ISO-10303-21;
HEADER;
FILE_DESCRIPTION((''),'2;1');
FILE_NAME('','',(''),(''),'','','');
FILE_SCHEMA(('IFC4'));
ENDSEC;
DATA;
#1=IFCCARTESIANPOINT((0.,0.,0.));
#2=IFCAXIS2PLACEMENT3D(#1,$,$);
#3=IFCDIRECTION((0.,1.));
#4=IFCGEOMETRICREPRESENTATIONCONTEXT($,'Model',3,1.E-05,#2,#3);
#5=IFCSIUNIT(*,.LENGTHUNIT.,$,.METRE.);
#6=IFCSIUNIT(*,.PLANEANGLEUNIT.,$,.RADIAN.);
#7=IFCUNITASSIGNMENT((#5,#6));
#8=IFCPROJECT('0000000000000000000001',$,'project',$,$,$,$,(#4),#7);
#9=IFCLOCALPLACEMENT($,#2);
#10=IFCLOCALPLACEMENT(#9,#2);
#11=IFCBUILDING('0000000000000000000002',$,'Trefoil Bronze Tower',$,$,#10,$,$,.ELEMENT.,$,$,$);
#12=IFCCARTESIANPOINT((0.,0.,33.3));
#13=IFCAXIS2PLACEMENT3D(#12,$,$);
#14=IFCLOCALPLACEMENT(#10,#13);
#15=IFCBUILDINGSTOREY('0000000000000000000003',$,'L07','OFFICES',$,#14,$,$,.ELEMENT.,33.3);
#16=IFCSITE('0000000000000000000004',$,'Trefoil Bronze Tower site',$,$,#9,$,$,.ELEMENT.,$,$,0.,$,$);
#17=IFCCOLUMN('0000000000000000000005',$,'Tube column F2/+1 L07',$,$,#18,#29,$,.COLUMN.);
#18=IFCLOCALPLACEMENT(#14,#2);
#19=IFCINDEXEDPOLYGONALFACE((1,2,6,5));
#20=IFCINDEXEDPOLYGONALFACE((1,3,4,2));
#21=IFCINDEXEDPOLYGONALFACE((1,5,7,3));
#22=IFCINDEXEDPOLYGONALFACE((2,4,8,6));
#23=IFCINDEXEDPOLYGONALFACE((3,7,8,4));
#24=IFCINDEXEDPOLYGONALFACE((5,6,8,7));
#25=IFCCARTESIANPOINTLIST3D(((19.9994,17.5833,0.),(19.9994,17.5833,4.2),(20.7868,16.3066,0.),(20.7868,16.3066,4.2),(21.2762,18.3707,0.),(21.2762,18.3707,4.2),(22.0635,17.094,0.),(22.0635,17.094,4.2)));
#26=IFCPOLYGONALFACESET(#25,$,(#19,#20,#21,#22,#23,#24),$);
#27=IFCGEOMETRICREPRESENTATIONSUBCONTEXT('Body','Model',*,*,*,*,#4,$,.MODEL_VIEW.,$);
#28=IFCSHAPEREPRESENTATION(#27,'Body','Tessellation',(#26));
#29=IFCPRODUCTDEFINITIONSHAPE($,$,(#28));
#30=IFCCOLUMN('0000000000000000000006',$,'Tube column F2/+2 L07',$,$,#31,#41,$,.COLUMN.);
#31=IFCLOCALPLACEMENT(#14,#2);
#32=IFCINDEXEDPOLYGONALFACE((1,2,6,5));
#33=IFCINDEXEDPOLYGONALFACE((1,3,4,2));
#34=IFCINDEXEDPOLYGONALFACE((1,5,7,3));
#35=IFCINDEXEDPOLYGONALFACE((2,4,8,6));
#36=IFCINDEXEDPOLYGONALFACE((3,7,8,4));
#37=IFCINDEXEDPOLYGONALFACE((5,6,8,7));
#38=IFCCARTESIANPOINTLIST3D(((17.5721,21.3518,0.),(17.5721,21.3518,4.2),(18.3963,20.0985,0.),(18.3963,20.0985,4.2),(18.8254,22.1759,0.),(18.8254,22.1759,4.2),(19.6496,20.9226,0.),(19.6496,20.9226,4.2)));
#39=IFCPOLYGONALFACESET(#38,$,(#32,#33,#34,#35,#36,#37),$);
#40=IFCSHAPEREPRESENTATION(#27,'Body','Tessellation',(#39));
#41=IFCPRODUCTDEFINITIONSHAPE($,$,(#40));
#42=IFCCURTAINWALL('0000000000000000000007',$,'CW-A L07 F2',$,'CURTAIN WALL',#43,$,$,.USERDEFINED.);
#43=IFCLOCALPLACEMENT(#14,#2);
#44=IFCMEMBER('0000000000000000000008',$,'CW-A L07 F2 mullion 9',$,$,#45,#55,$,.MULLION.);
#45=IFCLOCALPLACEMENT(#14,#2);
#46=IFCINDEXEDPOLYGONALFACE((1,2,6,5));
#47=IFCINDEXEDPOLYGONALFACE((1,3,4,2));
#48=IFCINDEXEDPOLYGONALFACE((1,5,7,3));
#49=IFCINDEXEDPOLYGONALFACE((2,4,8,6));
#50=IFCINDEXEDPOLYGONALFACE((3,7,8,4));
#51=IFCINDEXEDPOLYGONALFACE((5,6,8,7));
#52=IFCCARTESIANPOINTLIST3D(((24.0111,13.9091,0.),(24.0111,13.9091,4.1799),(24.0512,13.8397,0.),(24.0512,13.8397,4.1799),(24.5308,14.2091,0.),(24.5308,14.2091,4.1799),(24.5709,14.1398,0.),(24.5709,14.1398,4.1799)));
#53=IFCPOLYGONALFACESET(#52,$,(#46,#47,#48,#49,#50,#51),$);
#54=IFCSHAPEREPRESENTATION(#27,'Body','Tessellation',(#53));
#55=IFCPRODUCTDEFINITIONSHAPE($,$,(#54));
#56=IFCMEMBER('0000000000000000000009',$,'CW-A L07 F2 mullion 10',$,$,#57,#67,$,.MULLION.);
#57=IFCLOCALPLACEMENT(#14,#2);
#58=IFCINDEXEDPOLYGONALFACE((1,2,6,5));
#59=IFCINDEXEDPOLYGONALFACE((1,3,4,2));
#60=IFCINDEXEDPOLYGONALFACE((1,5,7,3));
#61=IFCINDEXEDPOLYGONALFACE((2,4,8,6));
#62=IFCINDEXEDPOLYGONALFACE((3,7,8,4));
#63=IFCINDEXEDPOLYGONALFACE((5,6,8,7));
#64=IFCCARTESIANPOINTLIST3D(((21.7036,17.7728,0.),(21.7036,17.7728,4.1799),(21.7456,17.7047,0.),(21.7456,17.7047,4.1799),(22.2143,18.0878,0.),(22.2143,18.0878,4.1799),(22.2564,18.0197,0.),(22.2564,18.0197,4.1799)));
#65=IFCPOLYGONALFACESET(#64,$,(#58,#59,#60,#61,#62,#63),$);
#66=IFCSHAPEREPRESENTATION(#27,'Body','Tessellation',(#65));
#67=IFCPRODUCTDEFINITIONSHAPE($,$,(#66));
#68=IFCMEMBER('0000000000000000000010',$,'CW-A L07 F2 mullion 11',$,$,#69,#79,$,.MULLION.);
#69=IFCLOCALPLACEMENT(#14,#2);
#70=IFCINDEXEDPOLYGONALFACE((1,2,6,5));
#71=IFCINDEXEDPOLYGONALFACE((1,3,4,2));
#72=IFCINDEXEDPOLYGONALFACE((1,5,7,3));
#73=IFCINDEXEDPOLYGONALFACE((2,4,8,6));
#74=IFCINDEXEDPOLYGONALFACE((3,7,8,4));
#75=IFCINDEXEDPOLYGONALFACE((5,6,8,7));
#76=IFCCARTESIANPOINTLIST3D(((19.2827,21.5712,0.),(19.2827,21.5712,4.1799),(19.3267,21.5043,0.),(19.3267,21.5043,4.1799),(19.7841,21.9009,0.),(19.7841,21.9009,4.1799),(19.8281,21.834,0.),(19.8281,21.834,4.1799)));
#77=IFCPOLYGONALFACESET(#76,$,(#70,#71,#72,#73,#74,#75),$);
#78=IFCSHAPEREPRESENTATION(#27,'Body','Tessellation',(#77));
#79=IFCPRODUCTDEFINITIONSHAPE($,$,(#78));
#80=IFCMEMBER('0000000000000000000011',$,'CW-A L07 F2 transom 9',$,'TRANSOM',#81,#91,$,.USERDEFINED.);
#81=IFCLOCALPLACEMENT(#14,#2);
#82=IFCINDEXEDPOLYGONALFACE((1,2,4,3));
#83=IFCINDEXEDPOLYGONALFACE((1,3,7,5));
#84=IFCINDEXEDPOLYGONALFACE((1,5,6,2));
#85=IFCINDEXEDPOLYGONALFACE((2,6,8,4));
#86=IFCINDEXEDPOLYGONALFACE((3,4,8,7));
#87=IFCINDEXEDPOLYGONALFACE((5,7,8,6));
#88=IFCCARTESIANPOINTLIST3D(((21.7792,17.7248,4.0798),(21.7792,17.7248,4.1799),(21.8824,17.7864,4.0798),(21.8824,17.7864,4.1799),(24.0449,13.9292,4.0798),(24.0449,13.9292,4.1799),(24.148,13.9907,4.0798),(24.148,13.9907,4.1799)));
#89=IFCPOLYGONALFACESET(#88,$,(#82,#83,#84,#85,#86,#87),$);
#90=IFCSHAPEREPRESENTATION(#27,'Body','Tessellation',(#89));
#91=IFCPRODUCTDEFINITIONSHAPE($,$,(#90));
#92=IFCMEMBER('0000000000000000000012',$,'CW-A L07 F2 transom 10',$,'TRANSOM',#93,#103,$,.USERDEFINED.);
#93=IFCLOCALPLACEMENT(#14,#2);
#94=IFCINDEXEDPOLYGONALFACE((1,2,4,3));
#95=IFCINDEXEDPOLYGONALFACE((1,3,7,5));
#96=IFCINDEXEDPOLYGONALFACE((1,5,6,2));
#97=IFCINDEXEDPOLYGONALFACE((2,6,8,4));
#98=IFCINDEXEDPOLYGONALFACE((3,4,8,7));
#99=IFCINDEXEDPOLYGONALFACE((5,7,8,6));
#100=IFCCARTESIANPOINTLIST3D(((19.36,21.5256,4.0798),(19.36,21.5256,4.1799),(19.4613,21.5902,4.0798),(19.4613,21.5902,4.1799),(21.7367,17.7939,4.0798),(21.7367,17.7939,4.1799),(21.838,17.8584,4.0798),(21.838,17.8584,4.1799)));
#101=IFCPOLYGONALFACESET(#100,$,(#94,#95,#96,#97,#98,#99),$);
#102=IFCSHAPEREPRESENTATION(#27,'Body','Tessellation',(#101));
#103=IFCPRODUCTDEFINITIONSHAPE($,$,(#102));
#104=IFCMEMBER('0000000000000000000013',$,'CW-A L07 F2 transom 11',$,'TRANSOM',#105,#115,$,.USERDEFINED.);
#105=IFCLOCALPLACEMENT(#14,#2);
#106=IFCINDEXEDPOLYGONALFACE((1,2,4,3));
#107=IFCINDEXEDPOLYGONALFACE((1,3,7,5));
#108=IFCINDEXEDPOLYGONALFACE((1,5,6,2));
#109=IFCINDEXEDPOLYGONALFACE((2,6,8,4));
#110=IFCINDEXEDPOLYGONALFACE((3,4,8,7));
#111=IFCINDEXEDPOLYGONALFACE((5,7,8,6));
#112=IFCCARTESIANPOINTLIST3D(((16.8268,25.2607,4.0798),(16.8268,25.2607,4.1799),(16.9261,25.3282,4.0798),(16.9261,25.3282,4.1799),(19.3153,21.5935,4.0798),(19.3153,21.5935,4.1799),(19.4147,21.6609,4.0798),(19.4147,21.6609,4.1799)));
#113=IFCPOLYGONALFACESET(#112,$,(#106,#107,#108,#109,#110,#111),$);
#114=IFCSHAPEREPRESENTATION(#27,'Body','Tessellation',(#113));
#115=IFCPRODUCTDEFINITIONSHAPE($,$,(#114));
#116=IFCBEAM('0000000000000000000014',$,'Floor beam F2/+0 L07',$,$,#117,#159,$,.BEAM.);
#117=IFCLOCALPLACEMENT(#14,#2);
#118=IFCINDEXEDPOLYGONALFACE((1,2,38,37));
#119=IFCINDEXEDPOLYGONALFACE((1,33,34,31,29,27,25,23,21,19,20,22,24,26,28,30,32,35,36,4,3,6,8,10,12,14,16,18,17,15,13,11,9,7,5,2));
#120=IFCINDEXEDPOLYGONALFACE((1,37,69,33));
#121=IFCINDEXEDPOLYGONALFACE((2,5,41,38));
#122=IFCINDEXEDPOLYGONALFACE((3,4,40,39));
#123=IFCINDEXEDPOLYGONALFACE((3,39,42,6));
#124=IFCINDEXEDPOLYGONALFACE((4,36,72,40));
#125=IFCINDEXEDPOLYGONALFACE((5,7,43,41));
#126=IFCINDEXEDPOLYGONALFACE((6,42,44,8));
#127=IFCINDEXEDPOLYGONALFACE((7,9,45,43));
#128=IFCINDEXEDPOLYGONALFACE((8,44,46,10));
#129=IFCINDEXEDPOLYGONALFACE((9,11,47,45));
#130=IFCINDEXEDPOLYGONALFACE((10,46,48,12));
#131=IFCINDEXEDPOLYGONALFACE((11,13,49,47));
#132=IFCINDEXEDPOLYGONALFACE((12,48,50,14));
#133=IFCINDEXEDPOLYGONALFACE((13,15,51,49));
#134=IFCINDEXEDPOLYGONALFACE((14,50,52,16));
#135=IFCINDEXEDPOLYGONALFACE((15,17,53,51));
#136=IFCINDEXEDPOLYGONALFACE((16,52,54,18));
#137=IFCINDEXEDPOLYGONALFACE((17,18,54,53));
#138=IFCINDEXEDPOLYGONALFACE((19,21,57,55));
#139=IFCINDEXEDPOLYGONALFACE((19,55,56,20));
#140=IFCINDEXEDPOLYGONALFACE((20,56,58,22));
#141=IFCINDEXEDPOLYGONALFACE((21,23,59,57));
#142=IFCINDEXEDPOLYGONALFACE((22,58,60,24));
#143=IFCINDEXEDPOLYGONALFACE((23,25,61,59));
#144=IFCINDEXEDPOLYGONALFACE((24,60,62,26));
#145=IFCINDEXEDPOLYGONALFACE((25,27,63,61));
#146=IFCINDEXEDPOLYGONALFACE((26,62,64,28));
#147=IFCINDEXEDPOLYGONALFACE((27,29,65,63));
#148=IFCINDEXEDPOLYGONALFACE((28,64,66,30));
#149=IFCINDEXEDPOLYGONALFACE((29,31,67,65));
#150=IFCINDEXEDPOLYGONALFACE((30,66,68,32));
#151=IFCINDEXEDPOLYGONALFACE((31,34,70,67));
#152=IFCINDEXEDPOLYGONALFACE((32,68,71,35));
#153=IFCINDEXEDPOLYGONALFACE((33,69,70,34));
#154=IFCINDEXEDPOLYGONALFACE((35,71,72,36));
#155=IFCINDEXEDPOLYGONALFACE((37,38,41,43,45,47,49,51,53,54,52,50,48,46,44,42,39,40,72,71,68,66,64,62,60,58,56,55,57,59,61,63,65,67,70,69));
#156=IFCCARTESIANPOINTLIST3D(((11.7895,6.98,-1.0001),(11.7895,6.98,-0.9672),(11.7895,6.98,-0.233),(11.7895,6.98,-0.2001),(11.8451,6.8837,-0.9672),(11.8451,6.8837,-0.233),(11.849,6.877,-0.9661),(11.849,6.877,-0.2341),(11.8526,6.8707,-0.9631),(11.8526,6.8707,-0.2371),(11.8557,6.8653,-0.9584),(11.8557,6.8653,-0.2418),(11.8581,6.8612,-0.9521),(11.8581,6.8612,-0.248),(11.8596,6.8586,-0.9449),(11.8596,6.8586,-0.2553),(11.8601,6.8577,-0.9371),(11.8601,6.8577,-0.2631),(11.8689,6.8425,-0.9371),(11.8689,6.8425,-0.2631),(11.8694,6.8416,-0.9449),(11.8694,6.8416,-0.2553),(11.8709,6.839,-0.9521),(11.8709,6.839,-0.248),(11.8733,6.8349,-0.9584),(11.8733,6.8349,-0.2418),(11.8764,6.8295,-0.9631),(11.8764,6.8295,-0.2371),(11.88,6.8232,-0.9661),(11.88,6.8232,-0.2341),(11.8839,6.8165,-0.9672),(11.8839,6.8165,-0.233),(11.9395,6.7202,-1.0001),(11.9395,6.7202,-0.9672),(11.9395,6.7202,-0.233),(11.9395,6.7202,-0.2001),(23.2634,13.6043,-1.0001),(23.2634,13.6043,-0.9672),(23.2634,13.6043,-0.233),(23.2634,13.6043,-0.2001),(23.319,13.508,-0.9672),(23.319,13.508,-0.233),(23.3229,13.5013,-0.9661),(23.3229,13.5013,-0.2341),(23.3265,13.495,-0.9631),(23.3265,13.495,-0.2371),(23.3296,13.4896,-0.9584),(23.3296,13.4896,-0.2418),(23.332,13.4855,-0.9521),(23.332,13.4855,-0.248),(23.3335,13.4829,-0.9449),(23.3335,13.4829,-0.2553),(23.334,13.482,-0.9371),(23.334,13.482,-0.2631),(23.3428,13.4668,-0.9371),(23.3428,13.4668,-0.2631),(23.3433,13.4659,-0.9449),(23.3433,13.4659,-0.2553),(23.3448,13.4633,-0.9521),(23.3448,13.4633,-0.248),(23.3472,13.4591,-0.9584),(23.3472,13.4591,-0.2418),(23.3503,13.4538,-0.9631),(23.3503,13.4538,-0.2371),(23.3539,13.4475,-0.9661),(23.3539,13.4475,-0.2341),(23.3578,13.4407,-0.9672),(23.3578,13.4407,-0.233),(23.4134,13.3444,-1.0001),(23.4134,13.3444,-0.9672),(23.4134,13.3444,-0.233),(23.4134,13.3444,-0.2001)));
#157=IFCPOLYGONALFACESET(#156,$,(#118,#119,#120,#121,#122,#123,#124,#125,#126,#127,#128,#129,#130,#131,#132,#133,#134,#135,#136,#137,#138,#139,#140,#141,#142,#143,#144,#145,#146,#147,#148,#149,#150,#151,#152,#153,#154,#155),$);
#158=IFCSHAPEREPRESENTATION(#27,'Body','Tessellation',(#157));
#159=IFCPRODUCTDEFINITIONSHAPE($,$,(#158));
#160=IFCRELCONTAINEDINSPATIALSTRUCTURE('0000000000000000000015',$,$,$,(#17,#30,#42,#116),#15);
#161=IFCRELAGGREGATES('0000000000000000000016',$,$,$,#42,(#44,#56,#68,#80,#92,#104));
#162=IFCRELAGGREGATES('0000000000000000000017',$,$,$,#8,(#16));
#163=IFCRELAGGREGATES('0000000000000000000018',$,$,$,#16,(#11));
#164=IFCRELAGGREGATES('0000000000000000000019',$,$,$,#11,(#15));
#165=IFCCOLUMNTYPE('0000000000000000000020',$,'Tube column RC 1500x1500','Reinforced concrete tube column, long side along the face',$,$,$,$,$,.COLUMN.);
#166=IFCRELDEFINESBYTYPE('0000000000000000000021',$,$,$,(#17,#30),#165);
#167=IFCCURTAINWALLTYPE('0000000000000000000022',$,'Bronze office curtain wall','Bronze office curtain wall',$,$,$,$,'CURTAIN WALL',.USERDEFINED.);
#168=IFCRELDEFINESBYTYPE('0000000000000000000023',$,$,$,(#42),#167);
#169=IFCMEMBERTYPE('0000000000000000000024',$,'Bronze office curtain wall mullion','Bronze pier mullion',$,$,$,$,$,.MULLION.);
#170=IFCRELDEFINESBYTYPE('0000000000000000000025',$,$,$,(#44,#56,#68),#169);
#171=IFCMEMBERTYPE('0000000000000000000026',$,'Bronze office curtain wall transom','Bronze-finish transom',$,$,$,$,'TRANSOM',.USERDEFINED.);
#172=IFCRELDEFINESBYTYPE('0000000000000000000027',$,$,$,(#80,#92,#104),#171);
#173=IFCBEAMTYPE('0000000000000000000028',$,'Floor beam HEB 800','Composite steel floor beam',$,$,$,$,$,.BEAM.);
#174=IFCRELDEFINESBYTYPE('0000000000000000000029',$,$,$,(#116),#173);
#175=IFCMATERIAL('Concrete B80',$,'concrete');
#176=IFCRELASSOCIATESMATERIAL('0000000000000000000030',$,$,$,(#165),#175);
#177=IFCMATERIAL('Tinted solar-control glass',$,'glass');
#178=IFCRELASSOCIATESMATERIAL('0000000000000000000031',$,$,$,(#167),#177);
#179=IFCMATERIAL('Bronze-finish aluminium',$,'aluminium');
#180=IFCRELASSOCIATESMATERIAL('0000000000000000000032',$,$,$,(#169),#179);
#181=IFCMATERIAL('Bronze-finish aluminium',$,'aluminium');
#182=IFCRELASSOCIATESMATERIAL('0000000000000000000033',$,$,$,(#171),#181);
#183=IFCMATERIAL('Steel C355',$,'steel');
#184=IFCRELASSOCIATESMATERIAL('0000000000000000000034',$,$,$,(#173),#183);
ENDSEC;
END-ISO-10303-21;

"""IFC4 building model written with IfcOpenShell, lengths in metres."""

from ifc_helpers import new_model, si_unit, direction, frame, origin, origin_2d, place, context, subcontext, project, spatial, rectangle, i_section, extrude, material, material_profile, profile_set, type_object, element, aggregate, save


model = new_model("IFC4")

# Units and contexts
model_context = context("Model", 3, precision=1e-05, world=origin(), true_north=direction((0.0, 1.0)))
body_context = subcontext(model_context, "Body", "Model", "MODEL_VIEW")
ifc_project = project(units=[si_unit("LENGTHUNIT", "METRE"), si_unit("PLANEANGLEUNIT", "RADIAN")], contexts=[model_context])

# Site, building, storey
site_placement = place(None, origin())
site = spatial("IfcSite", under=ifc_project, at=site_placement, Name="Trefoil Bronze Tower site", CompositionType="ELEMENT", RefElevation=0.0)
building_placement = place(site_placement, origin())
building = spatial("IfcBuilding", under=site, at=building_placement, Name="Trefoil Bronze Tower", CompositionType="ELEMENT")
storey_placement = place(building_placement, frame((0.0, 0.0, 33.3)))
storey = spatial("IfcBuildingStorey", under=building, at=storey_placement, Name="L07", Description="OFFICES", CompositionType="ELEMENT", Elevation=33.3)

# Columns
ifc_material_1 = material(Name="Concrete B80", Category="concrete")
ifc_material_profile_1 = material_profile(ifc_material_1, rectangle(XDim=1.5, YDim=1.5, at=origin_2d()), Name="RC 1500x1500")
ifc_profile_set_1 = profile_set([ifc_material_profile_1], Name="Concrete B80")
column_type = type_object("IfcColumnType", Name="Tube column RC 1500x1500", Description="Reinforced concrete tube column, long side along the face", PredefinedType="COLUMN", material=ifc_profile_set_1)
for number, where, z_axis, x_axis, name in (
    (1, (21.0315, 17.3386, 0.0), (0.0, 0.0, 1.0), (-0.524923, 0.85115, 0.0), "Tube column F2/+1 L07"),
    (2, (18.6108, 21.1372, 0.0), (0.0, 0.0, 1.0), (-0.549424, 0.835544, 0.0), "Tube column F2/+2 L07"),
):
    element("IfcColumn", number, at=place(storey_placement, frame(where, z_axis=z_axis, x_axis=x_axis)), inside=storey, type_object=column_type, Name=name, PredefinedType="COLUMN", context=body_context, shape_type="SweptSolid", body=[
        extrude(rectangle(XDim=1.5, YDim=1.5, at=origin_2d()), origin(), (0.0, 0.0, 1.0), 4.2),
    ])

# Curtain wall, members
ifc_material_2 = material(Name="Tinted solar-control glass", Category="glass")
curtain_wall_type = type_object("IfcCurtainWallType", Name="Bronze office curtain wall", Description="Bronze office curtain wall", ElementType="CURTAIN WALL", PredefinedType="USERDEFINED", material=ifc_material_2)
curtain_wall_placement = place(storey_placement, origin())
curtain_wall = element("IfcCurtainWall", 3, at=curtain_wall_placement, inside=storey, type_object=curtain_wall_type, Name="CW-A L07 F2", ObjectType="CURTAIN WALL", PredefinedType="USERDEFINED")
ifc_material_3 = material(Name="Bronze-finish aluminium", Category="aluminium")
ifc_material_profile_2 = material_profile(ifc_material_3, rectangle(XDim=0.6001, YDim=0.0801, at=origin_2d()), Name="CW-A mullion")
ifc_profile_set_2 = profile_set([ifc_material_profile_2], Name="Bronze-finish aluminium")
member_type_1 = type_object("IfcMemberType", Name="Bronze office curtain wall mullion", Description="Bronze pier mullion", PredefinedType="MULLION", material=ifc_profile_set_2)
member_1_placement = place(storey_placement, frame((24.291, 14.0244, 0.0), z_axis=(0.0, 0.0, 1.0), x_axis=(-0.866025, -0.5, 0.0)))
member_1 = element("IfcMember", 4, at=member_1_placement, type_object=member_type_1, Name="CW-A L07 F2 mullion 9", PredefinedType="MULLION", context=body_context, shape_type="SweptSolid", body=[
    extrude(rectangle(XDim=0.6001, YDim=0.0801, at=origin_2d()), origin(), (0.0, 0.0, 1.0), 4.1799),
])
member_2_placement = place(storey_placement, frame((21.98, 17.8962, 0.0), z_axis=(0.0, 0.0, 1.0), x_axis=(-0.85115, -0.524923, 0.0)))
member_2 = element("IfcMember", 5, at=member_2_placement, type_object=member_type_1, Name="CW-A L07 F2 mullion 10", PredefinedType="MULLION", context=body_context, shape_type="SweptSolid", body=[
    extrude(rectangle(XDim=0.6001, YDim=0.0801, at=origin_2d()), origin(), (0.0, 0.0, 1.0), 4.1799),
])
member_3_placement = place(storey_placement, frame((19.5554, 21.7026, 0.0), z_axis=(0.0, 0.0, 1.0), x_axis=(-0.835544, -0.549424, 0.0)))
member_3 = element("IfcMember", 6, at=member_3_placement, type_object=member_type_1, Name="CW-A L07 F2 mullion 11", PredefinedType="MULLION", context=body_context, shape_type="SweptSolid", body=[
    extrude(rectangle(XDim=0.6001, YDim=0.0801, at=origin_2d()), origin(), (0.0, 0.0, 1.0), 4.1799),
])
ifc_material_4 = material(Name="Bronze-finish aluminium", Category="aluminium")
ifc_material_profile_3 = material_profile(ifc_material_4, rectangle(XDim=0.1201, YDim=0.1001, at=origin_2d()), Name="CW-A transom")
ifc_profile_set_3 = profile_set([ifc_material_profile_3], Name="Bronze-finish aluminium")
member_type_2 = type_object("IfcMemberType", Name="Bronze office curtain wall transom", Description="Bronze-finish transom", ElementType="TRANSOM", PredefinedType="USERDEFINED", material=ifc_profile_set_3)
member_4_placement = place(storey_placement, frame((24.0964, 13.96, 4.1299), z_axis=(-0.512537, 0.858665, 0.0), x_axis=(-0.858665, -0.512537, 0.0)))
member_4 = element("IfcMember", 7, at=member_4_placement, type_object=member_type_2, Name="CW-A L07 F2 transom 9", ObjectType="TRANSOM", PredefinedType="USERDEFINED", context=body_context, shape_type="SweptSolid", body=[
    extrude(rectangle(XDim=0.1201, YDim=0.1001, at=origin_2d()), origin(), (0.0, 0.0, 1.0), 4.4204),
])
member_5_placement = place(storey_placement, frame((21.7874, 17.8262, 4.1299), z_axis=(-0.537197, 0.843457, 0.0), x_axis=(-0.843457, -0.537197, 0.0)))
member_5 = element("IfcMember", 8, at=member_5_placement, type_object=member_type_2, Name="CW-A L07 F2 transom 10", ObjectType="TRANSOM", PredefinedType="USERDEFINED", context=body_context, shape_type="SweptSolid", body=[
    extrude(rectangle(XDim=0.1201, YDim=0.1001, at=origin_2d()), origin(), (0.0, 0.0, 1.0), 4.4243),
])
member_6_placement = place(storey_placement, frame((19.365, 21.6272, 4.1299), z_axis=(-0.561508, 0.827471, 0.0), x_axis=(-0.827471, -0.561508, 0.0)))
member_6 = element("IfcMember", 9, at=member_6_placement, type_object=member_type_2, Name="CW-A L07 F2 transom 11", ObjectType="TRANSOM", PredefinedType="USERDEFINED", context=body_context, shape_type="SweptSolid", body=[
    extrude(rectangle(XDim=0.1201, YDim=0.1001, at=origin_2d()), origin(), (0.0, 0.0, 1.0), 4.4319),
])

# Beam
ifc_material_5 = material(Name="Steel C355", Category="steel")
ifc_material_profile_4 = material_profile(ifc_material_5, i_section(OverallWidth=0.3, OverallDepth=0.8, WebThickness=0.0176, FlangeThickness=0.033, FilletRadius=0.03, at=origin_2d()), Name="HEB 800")
ifc_profile_set_4 = profile_set([ifc_material_profile_4], Name="Steel C355")
beam_type_1 = type_object("IfcBeamType", Name="Floor beam HEB 800", Description="Composite steel floor beam", PredefinedType="BEAM", material=ifc_profile_set_4)
beam_1_placement = place(storey_placement, frame((23.3384, 13.4744, -0.6001), z_axis=(-0.866031, -0.49999, 0.0), x_axis=(0.49999, -0.866031, 0.0)))
element("IfcBeam", 10, at=beam_1_placement, inside=storey, type_object=beam_type_1, Name="Floor beam F2/+0 L07", PredefinedType="BEAM", context=body_context, shape_type="SweptSolid", body=[
    extrude(i_section(OverallWidth=0.3, OverallDepth=0.8, WebThickness=0.0176, FlangeThickness=0.033, FilletRadius=0.03, at=origin_2d()), origin(), (0.0, 0.0, 1.0), 13.2488),
])

aggregate(curtain_wall, [member_1, member_2, member_3, member_4, member_5, member_6])

save(model, "model.ifc")
